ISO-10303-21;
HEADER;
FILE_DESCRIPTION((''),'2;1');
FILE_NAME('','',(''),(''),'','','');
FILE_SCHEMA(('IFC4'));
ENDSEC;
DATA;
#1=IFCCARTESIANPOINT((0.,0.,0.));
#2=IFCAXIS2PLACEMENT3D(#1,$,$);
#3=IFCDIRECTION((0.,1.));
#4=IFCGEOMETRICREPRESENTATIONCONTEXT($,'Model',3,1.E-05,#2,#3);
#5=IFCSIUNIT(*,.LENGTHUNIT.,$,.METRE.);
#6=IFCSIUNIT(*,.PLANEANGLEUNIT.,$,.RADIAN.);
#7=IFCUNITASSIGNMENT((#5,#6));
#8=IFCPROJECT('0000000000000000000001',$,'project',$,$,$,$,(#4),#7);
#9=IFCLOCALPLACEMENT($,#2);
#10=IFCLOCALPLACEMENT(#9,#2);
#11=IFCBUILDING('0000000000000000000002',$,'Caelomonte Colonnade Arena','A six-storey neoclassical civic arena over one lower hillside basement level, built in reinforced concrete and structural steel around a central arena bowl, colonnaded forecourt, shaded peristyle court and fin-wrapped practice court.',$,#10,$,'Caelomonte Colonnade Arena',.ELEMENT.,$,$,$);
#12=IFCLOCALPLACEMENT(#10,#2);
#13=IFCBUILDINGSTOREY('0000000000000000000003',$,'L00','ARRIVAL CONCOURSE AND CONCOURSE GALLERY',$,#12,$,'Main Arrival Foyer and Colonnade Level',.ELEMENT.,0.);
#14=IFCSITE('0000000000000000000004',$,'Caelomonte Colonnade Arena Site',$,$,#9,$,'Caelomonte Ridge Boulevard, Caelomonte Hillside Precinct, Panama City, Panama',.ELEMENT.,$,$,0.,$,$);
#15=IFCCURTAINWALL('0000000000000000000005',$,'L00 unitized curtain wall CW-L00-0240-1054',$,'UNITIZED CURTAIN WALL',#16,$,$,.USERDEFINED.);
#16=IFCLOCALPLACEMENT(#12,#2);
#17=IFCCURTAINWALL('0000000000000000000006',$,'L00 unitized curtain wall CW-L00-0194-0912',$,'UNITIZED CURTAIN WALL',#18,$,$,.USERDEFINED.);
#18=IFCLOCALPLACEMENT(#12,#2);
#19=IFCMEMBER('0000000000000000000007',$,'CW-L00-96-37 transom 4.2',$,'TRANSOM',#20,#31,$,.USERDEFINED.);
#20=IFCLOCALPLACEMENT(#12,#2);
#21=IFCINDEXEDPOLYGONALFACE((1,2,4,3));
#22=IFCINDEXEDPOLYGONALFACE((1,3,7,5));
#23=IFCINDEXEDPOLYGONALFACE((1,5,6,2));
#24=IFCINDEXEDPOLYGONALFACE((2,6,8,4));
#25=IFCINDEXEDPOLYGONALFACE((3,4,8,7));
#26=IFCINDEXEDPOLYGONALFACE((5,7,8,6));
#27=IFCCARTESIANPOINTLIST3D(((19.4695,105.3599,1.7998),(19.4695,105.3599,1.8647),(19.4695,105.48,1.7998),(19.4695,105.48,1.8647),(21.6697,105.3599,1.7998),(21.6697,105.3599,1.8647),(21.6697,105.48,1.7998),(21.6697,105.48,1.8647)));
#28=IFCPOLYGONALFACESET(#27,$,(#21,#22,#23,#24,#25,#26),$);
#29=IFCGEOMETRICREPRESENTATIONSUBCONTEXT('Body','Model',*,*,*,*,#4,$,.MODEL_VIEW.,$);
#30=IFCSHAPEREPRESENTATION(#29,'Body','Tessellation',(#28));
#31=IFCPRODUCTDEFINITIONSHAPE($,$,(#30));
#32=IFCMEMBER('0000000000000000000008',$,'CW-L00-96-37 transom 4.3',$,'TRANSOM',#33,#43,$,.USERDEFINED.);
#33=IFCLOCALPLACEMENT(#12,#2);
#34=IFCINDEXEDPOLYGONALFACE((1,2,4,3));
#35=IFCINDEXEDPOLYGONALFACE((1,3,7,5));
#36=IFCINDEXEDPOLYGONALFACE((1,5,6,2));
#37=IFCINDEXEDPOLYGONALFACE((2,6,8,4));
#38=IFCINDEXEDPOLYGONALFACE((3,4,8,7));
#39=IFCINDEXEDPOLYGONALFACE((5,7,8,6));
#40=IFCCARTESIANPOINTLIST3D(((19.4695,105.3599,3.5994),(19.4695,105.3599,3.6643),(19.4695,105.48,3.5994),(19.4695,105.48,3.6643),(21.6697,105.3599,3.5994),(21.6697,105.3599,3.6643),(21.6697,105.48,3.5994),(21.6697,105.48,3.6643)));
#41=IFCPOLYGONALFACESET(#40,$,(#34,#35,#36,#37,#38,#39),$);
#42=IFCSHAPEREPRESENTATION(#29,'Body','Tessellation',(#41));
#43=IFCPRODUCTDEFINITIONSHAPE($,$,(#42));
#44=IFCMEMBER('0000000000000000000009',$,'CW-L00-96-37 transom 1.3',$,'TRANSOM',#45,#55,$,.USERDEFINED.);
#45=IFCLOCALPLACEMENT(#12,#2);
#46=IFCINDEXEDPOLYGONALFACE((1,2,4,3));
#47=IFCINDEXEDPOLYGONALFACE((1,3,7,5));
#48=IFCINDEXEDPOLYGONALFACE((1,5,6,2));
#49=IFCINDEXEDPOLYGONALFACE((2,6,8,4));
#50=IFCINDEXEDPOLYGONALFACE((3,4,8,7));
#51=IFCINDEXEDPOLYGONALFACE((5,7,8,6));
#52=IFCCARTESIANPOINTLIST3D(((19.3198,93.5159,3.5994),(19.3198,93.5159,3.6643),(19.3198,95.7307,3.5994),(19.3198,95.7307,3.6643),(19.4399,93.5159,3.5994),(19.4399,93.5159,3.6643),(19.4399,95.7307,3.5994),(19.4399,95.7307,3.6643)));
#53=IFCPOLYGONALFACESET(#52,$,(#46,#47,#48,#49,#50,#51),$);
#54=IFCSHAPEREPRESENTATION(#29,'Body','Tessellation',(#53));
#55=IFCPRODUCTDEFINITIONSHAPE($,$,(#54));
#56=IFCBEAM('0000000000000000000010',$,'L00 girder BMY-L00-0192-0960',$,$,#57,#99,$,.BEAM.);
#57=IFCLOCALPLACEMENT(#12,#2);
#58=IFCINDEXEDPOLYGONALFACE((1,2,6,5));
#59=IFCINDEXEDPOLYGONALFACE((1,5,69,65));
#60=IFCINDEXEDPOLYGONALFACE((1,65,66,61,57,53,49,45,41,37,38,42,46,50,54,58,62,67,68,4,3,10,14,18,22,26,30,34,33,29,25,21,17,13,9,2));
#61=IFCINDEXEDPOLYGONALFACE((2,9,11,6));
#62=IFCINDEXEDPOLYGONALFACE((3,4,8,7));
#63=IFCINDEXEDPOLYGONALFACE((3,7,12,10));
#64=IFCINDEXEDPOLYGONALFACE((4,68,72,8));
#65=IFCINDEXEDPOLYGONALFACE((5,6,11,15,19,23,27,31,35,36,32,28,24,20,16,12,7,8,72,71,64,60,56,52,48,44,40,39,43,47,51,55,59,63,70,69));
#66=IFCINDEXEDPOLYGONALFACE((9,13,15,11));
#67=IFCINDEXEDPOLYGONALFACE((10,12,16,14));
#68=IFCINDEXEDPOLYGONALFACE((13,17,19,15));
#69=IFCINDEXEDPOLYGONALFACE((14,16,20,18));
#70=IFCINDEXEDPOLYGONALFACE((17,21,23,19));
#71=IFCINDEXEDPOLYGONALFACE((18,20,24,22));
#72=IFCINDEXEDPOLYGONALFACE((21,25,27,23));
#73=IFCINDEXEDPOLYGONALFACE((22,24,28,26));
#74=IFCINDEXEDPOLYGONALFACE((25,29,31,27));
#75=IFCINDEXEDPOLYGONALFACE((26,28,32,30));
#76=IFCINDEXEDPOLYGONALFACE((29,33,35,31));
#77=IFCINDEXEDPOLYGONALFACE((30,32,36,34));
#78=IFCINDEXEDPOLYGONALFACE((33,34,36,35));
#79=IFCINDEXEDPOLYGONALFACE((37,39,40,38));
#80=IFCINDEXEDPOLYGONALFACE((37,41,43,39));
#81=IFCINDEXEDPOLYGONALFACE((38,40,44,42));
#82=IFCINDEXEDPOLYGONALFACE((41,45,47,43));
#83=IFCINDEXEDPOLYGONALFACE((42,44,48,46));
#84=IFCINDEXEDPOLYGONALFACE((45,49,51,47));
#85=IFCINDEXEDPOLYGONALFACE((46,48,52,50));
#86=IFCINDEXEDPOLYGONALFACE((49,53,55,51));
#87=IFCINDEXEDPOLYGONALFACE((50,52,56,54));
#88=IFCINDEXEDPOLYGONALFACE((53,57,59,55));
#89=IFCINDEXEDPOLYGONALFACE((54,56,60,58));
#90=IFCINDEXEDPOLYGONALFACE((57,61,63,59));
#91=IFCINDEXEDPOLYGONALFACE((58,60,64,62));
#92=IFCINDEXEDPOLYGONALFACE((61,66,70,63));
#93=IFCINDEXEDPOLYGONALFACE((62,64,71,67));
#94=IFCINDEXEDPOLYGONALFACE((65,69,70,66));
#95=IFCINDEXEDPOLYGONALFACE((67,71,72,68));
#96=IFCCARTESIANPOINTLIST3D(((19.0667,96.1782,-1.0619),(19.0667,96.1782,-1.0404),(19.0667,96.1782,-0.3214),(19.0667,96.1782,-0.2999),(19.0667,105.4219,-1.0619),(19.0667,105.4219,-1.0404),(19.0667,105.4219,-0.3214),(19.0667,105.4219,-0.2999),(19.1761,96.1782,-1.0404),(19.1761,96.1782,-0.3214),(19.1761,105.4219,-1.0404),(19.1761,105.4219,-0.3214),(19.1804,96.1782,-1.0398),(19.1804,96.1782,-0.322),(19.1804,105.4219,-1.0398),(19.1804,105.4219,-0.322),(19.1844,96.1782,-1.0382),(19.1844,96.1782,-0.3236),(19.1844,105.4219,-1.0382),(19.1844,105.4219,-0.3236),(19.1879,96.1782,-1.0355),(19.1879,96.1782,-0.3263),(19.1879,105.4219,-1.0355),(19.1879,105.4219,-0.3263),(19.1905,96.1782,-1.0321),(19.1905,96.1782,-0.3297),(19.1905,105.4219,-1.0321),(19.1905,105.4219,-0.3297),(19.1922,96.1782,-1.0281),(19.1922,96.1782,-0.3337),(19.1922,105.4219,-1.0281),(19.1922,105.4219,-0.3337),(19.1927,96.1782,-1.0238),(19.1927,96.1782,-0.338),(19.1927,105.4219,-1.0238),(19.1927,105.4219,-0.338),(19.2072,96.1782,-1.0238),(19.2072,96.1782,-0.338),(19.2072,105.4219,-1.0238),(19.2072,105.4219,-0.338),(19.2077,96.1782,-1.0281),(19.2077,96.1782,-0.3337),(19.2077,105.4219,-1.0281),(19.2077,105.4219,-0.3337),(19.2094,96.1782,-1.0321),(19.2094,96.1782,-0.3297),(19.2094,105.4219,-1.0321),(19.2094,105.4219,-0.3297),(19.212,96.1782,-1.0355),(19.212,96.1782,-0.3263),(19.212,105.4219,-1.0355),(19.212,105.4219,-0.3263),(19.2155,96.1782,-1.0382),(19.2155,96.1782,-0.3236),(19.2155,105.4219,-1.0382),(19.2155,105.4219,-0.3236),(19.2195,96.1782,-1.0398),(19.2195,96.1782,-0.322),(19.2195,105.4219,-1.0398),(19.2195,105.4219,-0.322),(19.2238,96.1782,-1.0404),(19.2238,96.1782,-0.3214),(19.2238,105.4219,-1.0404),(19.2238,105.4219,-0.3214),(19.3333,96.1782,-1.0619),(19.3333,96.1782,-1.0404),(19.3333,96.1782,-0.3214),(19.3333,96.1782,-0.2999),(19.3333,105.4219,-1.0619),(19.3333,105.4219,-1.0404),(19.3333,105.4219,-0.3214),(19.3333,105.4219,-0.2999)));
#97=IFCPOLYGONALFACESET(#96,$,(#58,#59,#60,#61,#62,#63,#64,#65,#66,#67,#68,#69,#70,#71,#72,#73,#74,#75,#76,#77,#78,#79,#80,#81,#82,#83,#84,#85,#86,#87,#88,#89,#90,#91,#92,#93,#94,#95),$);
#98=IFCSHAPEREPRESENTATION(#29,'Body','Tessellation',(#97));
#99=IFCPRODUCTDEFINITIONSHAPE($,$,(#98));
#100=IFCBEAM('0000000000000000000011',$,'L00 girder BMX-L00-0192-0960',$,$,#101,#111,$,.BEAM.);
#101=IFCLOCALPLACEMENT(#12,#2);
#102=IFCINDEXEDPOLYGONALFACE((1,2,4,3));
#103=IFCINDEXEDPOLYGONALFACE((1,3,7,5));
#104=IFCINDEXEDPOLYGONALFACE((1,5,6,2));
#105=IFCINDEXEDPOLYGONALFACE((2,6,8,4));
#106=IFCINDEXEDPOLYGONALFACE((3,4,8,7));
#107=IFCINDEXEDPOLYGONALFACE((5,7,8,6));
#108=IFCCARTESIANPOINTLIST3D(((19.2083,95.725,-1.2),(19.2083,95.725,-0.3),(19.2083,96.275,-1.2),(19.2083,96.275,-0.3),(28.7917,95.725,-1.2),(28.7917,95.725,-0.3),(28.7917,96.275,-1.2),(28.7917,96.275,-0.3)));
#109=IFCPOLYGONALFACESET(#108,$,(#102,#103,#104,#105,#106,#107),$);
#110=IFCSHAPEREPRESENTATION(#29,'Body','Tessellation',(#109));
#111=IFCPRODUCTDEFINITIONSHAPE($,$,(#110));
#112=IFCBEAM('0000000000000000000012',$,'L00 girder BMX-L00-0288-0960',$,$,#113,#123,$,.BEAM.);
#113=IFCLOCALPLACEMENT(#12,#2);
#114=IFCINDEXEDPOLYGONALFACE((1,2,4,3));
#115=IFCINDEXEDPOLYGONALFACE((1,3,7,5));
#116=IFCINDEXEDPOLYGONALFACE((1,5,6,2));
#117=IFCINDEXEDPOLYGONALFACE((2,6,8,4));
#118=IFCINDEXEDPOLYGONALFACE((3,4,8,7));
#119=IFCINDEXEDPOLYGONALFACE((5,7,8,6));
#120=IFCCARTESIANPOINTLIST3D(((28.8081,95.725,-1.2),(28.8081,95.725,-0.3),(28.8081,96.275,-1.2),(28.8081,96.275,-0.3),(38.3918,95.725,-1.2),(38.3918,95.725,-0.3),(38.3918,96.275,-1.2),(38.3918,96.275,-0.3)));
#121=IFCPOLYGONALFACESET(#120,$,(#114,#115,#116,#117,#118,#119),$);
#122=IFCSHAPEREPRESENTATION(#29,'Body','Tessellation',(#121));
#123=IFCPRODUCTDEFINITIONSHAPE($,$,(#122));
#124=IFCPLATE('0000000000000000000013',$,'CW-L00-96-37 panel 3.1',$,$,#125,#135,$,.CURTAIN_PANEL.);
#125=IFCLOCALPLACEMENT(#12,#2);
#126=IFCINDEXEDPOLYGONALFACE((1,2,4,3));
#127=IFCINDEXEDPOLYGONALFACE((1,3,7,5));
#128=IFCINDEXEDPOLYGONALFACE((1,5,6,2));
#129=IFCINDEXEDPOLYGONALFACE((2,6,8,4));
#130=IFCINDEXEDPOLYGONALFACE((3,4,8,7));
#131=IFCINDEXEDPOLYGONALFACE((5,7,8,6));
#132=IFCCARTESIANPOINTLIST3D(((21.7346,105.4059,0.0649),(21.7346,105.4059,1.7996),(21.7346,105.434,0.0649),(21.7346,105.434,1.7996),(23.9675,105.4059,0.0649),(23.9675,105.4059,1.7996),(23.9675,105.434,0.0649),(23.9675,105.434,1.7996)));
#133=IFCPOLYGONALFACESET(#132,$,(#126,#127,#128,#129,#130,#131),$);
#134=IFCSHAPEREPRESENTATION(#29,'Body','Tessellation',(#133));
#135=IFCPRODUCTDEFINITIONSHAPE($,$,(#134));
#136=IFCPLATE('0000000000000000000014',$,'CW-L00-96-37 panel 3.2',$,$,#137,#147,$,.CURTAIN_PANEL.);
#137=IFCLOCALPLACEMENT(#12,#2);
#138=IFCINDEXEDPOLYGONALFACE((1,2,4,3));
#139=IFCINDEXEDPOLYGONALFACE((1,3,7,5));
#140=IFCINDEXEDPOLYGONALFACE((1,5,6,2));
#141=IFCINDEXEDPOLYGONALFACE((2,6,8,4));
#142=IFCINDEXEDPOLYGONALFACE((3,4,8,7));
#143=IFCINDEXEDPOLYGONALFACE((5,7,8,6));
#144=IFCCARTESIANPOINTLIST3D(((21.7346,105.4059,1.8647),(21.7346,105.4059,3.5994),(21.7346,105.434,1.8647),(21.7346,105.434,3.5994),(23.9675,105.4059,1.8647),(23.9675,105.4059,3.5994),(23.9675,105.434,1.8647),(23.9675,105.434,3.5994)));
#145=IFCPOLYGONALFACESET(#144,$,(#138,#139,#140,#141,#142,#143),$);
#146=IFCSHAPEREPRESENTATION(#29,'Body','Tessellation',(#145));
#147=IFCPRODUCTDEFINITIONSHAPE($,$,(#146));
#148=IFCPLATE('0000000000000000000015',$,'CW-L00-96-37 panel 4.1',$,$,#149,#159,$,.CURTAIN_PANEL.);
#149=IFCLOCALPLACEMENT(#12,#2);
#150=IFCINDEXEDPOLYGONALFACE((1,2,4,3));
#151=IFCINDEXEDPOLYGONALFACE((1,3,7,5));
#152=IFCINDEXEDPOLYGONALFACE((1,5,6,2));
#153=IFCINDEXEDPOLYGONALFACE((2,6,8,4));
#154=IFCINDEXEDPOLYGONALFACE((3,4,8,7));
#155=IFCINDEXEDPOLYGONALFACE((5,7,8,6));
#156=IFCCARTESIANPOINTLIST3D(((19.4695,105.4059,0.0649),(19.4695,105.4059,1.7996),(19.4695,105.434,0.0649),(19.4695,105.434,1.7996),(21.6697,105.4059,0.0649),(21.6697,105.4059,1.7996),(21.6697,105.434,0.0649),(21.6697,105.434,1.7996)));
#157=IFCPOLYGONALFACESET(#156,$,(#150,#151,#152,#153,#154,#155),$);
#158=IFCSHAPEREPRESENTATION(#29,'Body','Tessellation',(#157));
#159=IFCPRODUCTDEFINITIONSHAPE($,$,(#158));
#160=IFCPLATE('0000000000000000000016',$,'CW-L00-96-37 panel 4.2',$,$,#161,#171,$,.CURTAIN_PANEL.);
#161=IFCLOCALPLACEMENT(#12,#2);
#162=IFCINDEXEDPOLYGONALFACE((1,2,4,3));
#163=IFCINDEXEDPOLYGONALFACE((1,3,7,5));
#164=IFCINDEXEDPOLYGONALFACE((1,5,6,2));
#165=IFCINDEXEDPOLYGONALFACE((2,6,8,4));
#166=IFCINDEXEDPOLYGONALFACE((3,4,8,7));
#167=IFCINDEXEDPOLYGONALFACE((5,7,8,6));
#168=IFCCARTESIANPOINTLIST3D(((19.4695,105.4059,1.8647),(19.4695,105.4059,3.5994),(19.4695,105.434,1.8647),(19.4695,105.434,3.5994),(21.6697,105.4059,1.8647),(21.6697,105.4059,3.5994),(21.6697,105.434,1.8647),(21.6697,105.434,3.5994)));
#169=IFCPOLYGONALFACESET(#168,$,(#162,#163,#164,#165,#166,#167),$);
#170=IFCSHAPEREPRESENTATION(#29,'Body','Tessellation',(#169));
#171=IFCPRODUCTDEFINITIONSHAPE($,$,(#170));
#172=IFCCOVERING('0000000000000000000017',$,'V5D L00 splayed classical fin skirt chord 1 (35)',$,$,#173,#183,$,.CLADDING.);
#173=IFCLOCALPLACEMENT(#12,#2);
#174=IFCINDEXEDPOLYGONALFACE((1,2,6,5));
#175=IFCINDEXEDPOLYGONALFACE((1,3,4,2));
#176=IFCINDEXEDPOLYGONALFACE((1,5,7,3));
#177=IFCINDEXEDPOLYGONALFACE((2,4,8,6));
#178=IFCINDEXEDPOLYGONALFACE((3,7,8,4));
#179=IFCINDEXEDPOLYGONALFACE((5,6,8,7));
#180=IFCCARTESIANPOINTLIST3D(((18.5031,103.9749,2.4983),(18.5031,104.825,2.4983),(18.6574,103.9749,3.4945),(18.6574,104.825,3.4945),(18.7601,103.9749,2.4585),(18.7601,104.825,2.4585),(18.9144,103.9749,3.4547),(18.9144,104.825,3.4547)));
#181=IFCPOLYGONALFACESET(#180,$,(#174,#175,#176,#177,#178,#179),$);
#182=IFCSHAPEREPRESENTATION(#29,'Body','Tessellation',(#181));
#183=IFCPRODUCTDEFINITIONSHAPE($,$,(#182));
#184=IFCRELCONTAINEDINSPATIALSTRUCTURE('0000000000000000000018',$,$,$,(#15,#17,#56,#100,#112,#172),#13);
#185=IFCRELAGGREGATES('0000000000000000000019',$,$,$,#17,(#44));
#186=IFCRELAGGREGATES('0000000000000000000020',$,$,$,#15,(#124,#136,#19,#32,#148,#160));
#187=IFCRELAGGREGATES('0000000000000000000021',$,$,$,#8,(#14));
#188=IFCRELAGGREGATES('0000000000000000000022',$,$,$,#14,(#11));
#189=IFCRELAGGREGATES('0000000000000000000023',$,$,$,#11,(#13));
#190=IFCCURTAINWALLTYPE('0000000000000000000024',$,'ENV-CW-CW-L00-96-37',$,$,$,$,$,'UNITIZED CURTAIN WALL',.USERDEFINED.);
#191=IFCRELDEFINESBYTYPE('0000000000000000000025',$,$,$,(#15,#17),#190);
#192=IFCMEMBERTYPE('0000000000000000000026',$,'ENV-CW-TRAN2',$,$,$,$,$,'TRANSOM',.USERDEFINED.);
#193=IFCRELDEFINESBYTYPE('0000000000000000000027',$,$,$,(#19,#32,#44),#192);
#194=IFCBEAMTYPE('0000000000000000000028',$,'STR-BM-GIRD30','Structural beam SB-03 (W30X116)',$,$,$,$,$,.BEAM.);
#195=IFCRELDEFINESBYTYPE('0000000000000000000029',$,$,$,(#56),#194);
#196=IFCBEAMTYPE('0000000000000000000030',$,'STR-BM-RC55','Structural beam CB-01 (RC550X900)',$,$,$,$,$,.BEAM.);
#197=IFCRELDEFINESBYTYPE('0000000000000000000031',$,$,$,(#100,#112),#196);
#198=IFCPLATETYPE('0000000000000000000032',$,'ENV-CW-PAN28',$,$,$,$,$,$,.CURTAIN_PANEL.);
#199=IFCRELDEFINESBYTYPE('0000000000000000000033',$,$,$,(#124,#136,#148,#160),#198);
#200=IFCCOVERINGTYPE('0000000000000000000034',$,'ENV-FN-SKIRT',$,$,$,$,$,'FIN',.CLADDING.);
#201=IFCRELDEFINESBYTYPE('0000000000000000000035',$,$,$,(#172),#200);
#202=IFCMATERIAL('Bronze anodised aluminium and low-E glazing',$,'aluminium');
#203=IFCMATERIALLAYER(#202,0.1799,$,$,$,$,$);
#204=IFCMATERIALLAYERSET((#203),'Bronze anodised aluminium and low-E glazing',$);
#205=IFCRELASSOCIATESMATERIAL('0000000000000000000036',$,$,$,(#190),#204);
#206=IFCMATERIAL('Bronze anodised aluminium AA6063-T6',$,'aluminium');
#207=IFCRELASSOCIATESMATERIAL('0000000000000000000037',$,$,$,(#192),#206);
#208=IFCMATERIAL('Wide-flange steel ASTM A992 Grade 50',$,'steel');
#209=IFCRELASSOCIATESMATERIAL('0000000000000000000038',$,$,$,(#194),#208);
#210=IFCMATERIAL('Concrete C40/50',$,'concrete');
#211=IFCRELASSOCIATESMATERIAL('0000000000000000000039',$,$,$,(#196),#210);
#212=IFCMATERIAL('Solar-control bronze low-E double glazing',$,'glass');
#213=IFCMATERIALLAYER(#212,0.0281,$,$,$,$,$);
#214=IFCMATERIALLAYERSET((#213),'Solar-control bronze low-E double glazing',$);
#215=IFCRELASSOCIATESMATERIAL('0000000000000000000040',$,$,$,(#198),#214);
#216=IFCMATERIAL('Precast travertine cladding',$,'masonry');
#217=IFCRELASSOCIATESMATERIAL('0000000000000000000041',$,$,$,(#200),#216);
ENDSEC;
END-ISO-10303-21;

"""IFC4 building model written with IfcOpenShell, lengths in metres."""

from ifc_helpers import new_model, si_unit, direction, frame, origin, origin_2d, place, context, subcontext, project, spatial, rectangle, i_section, extrude, material, layer, layer_set, material_profile, profile_set, type_object, element, aggregate, save


model = new_model("IFC4")

# Units and contexts
model_context = context("Model", 3, precision=1e-05, world=origin(), true_north=direction((0.0, 1.0)))
body_context = subcontext(model_context, "Body", "Model", "MODEL_VIEW")
ifc_project = project(units=[si_unit("LENGTHUNIT", "METRE"), si_unit("PLANEANGLEUNIT", "RADIAN")], contexts=[model_context])

# Site, building, storey
site_placement = place(None, origin())
site = spatial("IfcSite", under=ifc_project, at=site_placement, Name="Caelomonte Colonnade Arena Site", LongName="Caelomonte Ridge Boulevard, Caelomonte Hillside Precinct, Panama City, Panama", CompositionType="ELEMENT", RefElevation=0.0)
building_placement = place(site_placement, origin())
building = spatial("IfcBuilding", under=site, at=building_placement, Name="Caelomonte Colonnade Arena", Description="A six-storey neoclassical civic arena over one lower hillside basement level, built in reinforced concrete and structural steel around a central arena bowl, colonnaded forecourt, shaded peristyle court and fin-wrapped practice court.", LongName="Caelomonte Colonnade Arena", CompositionType="ELEMENT")
storey_placement = place(building_placement, origin())
storey = spatial("IfcBuildingStorey", under=building, at=storey_placement, Name="L00", Description="ARRIVAL CONCOURSE AND CONCOURSE GALLERY", LongName="Main Arrival Foyer and Colonnade Level", CompositionType="ELEMENT", Elevation=0.0)

# Shared definitions
ifc_material_1 = material(Name="Wide-flange steel ASTM A992 Grade 50", Category="steel")

# Curtain wall
ifc_material_2 = material(Name="Bronze anodised aluminium and low-E glazing", Category="aluminium")
ifc_layer_1 = layer(ifc_material_2, 0.1799)
ifc_layer_set_1 = layer_set([ifc_layer_1], Name="Bronze anodised aluminium and low-E glazing")
curtain_wall_type = type_object("IfcCurtainWallType", Name="ENV-CW-CW-L00-96-37", ElementType="UNITIZED CURTAIN WALL", PredefinedType="USERDEFINED", material=ifc_layer_set_1)
curtain_wall_1_placement = place(storey_placement, origin())
curtain_wall_1 = element("IfcCurtainWall", 1, at=curtain_wall_1_placement, inside=storey, type_object=curtain_wall_type, Name="L00 unitized curtain wall CW-L00-0240-1054", ObjectType="UNITIZED CURTAIN WALL", PredefinedType="USERDEFINED")
ifc_material_3 = material(Name="Bronze anodised aluminium AA6063-T6", Category="aluminium")

# Curtain wall
curtain_wall_2_placement = place(storey_placement, origin())
curtain_wall_2 = element("IfcCurtainWall", 2, at=curtain_wall_2_placement, inside=storey, type_object=curtain_wall_type, Name="L00 unitized curtain wall CW-L00-0194-0912", ObjectType="UNITIZED CURTAIN WALL", PredefinedType="USERDEFINED")

# Members
ifc_material_profile_1 = material_profile(ifc_material_3, rectangle(XDim=0.0649, YDim=0.1201, at=origin_2d()), Name="CWT-65X120")
ifc_profile_set_1 = profile_set([ifc_material_profile_1], Name="Bronze anodised aluminium AA6063-T6")
member_type_1 = type_object("IfcMemberType", Name="ENV-CW-TRAN2", ElementType="TRANSOM", PredefinedType="USERDEFINED", material=ifc_profile_set_1)
member_1_placement = place(storey_placement, frame((21.6697, 105.4199, 1.8323), z_axis=(-1.0, 0.0, 0.0), x_axis=(0.0, 0.0, 1.0)))
member_1 = element("IfcMember", 3, at=member_1_placement, type_object=member_type_1, Name="CW-L00-96-37 transom 4.2", ObjectType="TRANSOM", PredefinedType="USERDEFINED", context=body_context, shape_type="SweptSolid", body=[
    extrude(rectangle(XDim=0.0649, YDim=0.1201, at=origin_2d()), origin(), (0.0, 0.0, 1.0), 2.2002),
])
member_2_placement = place(storey_placement, frame((21.6697, 105.4199, 3.6318), z_axis=(-1.0, 0.0, 0.0), x_axis=(0.0, 0.0, 1.0)))
member_2 = element("IfcMember", 4, at=member_2_placement, type_object=member_type_1, Name="CW-L00-96-37 transom 4.3", ObjectType="TRANSOM", PredefinedType="USERDEFINED", context=body_context, shape_type="SweptSolid", body=[
    extrude(rectangle(XDim=0.0649, YDim=0.1201, at=origin_2d()), origin(), (0.0, 0.0, 1.0), 2.2002),
])
member_3_placement = place(storey_placement, frame((19.3799, 95.7307, 3.6318), z_axis=(0.0, -1.0, 0.0), x_axis=(0.0, 0.0, 1.0)))
member_3 = element("IfcMember", 5, at=member_3_placement, type_object=member_type_1, Name="CW-L00-96-37 transom 1.3", ObjectType="TRANSOM", PredefinedType="USERDEFINED", context=body_context, shape_type="SweptSolid", body=[
    extrude(rectangle(XDim=0.0649, YDim=0.1201, at=origin_2d()), origin(), (0.0, 0.0, 1.0), 2.2148),
])
aggregate(curtain_wall_2, [member_3])

# Beams
ifc_material_profile_2 = material_profile(ifc_material_1, i_section(OverallWidth=0.2666, OverallDepth=0.762, WebThickness=0.0144, FlangeThickness=0.0215, FilletRadius=0.0166, at=origin_2d()), Name="W30X116")
ifc_profile_set_2 = profile_set([ifc_material_profile_2], Name="Wide-flange steel ASTM A992 Grade 50")
beam_type_1 = type_object("IfcBeamType", Name="STR-BM-GIRD30", Description="Structural beam SB-03 (W30X116)", PredefinedType="BEAM", material=ifc_profile_set_2)
beam_1_placement = place(storey_placement, frame((19.2, 96.1782, -0.6809), z_axis=(0.0, 1.0, 0.0), x_axis=(-1.0, 0.0, 0.0)))
element("IfcBeam", 6, at=beam_1_placement, inside=storey, type_object=beam_type_1, Name="L00 girder BMY-L00-0192-0960", PredefinedType="BEAM", context=body_context, shape_type="SweptSolid", body=[
    extrude(i_section(OverallWidth=0.2666, OverallDepth=0.762, WebThickness=0.0144, FlangeThickness=0.0215, FilletRadius=0.0166, at=origin_2d()), origin(), (0.0, 0.0, 1.0), 9.2437),
])
ifc_material_4 = material(Name="Concrete C40/50", Category="concrete")
ifc_material_profile_3 = material_profile(ifc_material_4, rectangle(XDim=0.55, YDim=0.8999, at=origin_2d()), Name="RC550X900")
ifc_profile_set_3 = profile_set([ifc_material_profile_3], Name="Concrete C40/50")
beam_type_2 = type_object("IfcBeamType", Name="STR-BM-RC55", Description="Structural beam CB-01 (RC550X900)", PredefinedType="BEAM", material=ifc_profile_set_3)
beam_2_placement = place(storey_placement, frame((19.2083, 96.0, -0.75), z_axis=(1.0, 0.0, 0.0), x_axis=(0.0, 1.0, 0.0)))
element("IfcBeam", 7, at=beam_2_placement, inside=storey, type_object=beam_type_2, Name="L00 girder BMX-L00-0192-0960", PredefinedType="BEAM", context=body_context, shape_type="SweptSolid", body=[
    extrude(rectangle(XDim=0.55, YDim=0.8999, at=origin_2d()), origin(), (0.0, 0.0, 1.0), 9.5835),
])
beam_3_placement = place(storey_placement, frame((28.8081, 96.0, -0.75), z_axis=(1.0, 0.0, 0.0), x_axis=(0.0, 1.0, 0.0)))
element("IfcBeam", 8, at=beam_3_placement, inside=storey, type_object=beam_type_2, Name="L00 girder BMX-L00-0288-0960", PredefinedType="BEAM", context=body_context, shape_type="SweptSolid", body=[
    extrude(rectangle(XDim=0.55, YDim=0.8999, at=origin_2d()), origin(), (0.0, 0.0, 1.0), 9.5837),
])

# Plates
ifc_material_5 = material(Name="Solar-control bronze low-E double glazing", Category="glass")
ifc_layer_2 = layer(ifc_material_5, 0.0281)
ifc_layer_set_2 = layer_set([ifc_layer_2], Name="Solar-control bronze low-E double glazing")
plate_type = type_object("IfcPlateType", Name="ENV-CW-PAN28", PredefinedType="CURTAIN_PANEL", material=ifc_layer_set_2)
plate_1_placement = place(storey_placement, frame((22.8511, 105.4199, 0.0649), z_axis=(0.0, 0.0, 1.0), x_axis=(-1.0, 0.0, 0.0)))
plate_1 = element("IfcPlate", 9, at=plate_1_placement, type_object=plate_type, Name="CW-L00-96-37 panel 3.1", PredefinedType="CURTAIN_PANEL", context=body_context, shape_type="SweptSolid", body=[
    extrude(rectangle(XDim=2.2329, YDim=0.0281, at=origin_2d()), origin(), (0.0, 0.0, 1.0), 1.7346),
])
plate_2_placement = place(storey_placement, frame((22.8511, 105.4199, 1.8647), z_axis=(0.0, 0.0, 1.0), x_axis=(-1.0, 0.0, 0.0)))
plate_2 = element("IfcPlate", 10, at=plate_2_placement, type_object=plate_type, Name="CW-L00-96-37 panel 3.2", PredefinedType="CURTAIN_PANEL", context=body_context, shape_type="SweptSolid", body=[
    extrude(rectangle(XDim=2.2329, YDim=0.0281, at=origin_2d()), origin(), (0.0, 0.0, 1.0), 1.7346),
])
plate_3_placement = place(storey_placement, frame((20.5696, 105.4199, 0.0649), z_axis=(0.0, 0.0, 1.0), x_axis=(-1.0, 0.0, 0.0)))
plate_3 = element("IfcPlate", 11, at=plate_3_placement, type_object=plate_type, Name="CW-L00-96-37 panel 4.1", PredefinedType="CURTAIN_PANEL", context=body_context, shape_type="SweptSolid", body=[
    extrude(rectangle(XDim=2.2002, YDim=0.0281, at=origin_2d()), origin(), (0.0, 0.0, 1.0), 1.7346),
])
plate_4_placement = place(storey_placement, frame((20.5696, 105.4199, 1.8647), z_axis=(0.0, 0.0, 1.0), x_axis=(-1.0, 0.0, 0.0)))
plate_4 = element("IfcPlate", 12, at=plate_4_placement, type_object=plate_type, Name="CW-L00-96-37 panel 4.2", PredefinedType="CURTAIN_PANEL", context=body_context, shape_type="SweptSolid", body=[
    extrude(rectangle(XDim=2.2002, YDim=0.0281, at=origin_2d()), origin(), (0.0, 0.0, 1.0), 1.7346),
])
aggregate(curtain_wall_1, [plate_1, plate_2, member_1, member_2, plate_3, plate_4])

# Covering
ifc_material_6 = material(Name="Precast travertine cladding", Category="masonry")
ifc_material_profile_4 = material_profile(ifc_material_6, rectangle(XDim=0.26, YDim=0.8501, at=origin_2d()), Name="FIN260X850")
ifc_profile_set_4 = profile_set([ifc_material_profile_4], Name="Precast travertine cladding")
covering_type = type_object("IfcCoveringType", Name="ENV-FN-SKIRT", ElementType="FIN", PredefinedType="CLADDING", material=ifc_profile_set_4)
for number, where, z_axis, x_axis, name in (
    (13, (18.7859, 104.3999, 3.4746), (-0.153076, 0.0, -0.988214), (-0.988214, 0.0, 0.153076), "V5D L00 splayed classical fin skirt chord 1 (35)"),
):
    element("IfcCovering", number, at=place(storey_placement, frame(where, z_axis=z_axis, x_axis=x_axis)), inside=storey, type_object=covering_type, Name=name, PredefinedType="CLADDING", context=body_context, shape_type="SweptSolid", body=[
        extrude(rectangle(XDim=0.26, YDim=0.8501, at=origin_2d()), origin(), (0.0, 0.0, 1.0), 1.0081),
    ])

save(model, "model.ifc")
